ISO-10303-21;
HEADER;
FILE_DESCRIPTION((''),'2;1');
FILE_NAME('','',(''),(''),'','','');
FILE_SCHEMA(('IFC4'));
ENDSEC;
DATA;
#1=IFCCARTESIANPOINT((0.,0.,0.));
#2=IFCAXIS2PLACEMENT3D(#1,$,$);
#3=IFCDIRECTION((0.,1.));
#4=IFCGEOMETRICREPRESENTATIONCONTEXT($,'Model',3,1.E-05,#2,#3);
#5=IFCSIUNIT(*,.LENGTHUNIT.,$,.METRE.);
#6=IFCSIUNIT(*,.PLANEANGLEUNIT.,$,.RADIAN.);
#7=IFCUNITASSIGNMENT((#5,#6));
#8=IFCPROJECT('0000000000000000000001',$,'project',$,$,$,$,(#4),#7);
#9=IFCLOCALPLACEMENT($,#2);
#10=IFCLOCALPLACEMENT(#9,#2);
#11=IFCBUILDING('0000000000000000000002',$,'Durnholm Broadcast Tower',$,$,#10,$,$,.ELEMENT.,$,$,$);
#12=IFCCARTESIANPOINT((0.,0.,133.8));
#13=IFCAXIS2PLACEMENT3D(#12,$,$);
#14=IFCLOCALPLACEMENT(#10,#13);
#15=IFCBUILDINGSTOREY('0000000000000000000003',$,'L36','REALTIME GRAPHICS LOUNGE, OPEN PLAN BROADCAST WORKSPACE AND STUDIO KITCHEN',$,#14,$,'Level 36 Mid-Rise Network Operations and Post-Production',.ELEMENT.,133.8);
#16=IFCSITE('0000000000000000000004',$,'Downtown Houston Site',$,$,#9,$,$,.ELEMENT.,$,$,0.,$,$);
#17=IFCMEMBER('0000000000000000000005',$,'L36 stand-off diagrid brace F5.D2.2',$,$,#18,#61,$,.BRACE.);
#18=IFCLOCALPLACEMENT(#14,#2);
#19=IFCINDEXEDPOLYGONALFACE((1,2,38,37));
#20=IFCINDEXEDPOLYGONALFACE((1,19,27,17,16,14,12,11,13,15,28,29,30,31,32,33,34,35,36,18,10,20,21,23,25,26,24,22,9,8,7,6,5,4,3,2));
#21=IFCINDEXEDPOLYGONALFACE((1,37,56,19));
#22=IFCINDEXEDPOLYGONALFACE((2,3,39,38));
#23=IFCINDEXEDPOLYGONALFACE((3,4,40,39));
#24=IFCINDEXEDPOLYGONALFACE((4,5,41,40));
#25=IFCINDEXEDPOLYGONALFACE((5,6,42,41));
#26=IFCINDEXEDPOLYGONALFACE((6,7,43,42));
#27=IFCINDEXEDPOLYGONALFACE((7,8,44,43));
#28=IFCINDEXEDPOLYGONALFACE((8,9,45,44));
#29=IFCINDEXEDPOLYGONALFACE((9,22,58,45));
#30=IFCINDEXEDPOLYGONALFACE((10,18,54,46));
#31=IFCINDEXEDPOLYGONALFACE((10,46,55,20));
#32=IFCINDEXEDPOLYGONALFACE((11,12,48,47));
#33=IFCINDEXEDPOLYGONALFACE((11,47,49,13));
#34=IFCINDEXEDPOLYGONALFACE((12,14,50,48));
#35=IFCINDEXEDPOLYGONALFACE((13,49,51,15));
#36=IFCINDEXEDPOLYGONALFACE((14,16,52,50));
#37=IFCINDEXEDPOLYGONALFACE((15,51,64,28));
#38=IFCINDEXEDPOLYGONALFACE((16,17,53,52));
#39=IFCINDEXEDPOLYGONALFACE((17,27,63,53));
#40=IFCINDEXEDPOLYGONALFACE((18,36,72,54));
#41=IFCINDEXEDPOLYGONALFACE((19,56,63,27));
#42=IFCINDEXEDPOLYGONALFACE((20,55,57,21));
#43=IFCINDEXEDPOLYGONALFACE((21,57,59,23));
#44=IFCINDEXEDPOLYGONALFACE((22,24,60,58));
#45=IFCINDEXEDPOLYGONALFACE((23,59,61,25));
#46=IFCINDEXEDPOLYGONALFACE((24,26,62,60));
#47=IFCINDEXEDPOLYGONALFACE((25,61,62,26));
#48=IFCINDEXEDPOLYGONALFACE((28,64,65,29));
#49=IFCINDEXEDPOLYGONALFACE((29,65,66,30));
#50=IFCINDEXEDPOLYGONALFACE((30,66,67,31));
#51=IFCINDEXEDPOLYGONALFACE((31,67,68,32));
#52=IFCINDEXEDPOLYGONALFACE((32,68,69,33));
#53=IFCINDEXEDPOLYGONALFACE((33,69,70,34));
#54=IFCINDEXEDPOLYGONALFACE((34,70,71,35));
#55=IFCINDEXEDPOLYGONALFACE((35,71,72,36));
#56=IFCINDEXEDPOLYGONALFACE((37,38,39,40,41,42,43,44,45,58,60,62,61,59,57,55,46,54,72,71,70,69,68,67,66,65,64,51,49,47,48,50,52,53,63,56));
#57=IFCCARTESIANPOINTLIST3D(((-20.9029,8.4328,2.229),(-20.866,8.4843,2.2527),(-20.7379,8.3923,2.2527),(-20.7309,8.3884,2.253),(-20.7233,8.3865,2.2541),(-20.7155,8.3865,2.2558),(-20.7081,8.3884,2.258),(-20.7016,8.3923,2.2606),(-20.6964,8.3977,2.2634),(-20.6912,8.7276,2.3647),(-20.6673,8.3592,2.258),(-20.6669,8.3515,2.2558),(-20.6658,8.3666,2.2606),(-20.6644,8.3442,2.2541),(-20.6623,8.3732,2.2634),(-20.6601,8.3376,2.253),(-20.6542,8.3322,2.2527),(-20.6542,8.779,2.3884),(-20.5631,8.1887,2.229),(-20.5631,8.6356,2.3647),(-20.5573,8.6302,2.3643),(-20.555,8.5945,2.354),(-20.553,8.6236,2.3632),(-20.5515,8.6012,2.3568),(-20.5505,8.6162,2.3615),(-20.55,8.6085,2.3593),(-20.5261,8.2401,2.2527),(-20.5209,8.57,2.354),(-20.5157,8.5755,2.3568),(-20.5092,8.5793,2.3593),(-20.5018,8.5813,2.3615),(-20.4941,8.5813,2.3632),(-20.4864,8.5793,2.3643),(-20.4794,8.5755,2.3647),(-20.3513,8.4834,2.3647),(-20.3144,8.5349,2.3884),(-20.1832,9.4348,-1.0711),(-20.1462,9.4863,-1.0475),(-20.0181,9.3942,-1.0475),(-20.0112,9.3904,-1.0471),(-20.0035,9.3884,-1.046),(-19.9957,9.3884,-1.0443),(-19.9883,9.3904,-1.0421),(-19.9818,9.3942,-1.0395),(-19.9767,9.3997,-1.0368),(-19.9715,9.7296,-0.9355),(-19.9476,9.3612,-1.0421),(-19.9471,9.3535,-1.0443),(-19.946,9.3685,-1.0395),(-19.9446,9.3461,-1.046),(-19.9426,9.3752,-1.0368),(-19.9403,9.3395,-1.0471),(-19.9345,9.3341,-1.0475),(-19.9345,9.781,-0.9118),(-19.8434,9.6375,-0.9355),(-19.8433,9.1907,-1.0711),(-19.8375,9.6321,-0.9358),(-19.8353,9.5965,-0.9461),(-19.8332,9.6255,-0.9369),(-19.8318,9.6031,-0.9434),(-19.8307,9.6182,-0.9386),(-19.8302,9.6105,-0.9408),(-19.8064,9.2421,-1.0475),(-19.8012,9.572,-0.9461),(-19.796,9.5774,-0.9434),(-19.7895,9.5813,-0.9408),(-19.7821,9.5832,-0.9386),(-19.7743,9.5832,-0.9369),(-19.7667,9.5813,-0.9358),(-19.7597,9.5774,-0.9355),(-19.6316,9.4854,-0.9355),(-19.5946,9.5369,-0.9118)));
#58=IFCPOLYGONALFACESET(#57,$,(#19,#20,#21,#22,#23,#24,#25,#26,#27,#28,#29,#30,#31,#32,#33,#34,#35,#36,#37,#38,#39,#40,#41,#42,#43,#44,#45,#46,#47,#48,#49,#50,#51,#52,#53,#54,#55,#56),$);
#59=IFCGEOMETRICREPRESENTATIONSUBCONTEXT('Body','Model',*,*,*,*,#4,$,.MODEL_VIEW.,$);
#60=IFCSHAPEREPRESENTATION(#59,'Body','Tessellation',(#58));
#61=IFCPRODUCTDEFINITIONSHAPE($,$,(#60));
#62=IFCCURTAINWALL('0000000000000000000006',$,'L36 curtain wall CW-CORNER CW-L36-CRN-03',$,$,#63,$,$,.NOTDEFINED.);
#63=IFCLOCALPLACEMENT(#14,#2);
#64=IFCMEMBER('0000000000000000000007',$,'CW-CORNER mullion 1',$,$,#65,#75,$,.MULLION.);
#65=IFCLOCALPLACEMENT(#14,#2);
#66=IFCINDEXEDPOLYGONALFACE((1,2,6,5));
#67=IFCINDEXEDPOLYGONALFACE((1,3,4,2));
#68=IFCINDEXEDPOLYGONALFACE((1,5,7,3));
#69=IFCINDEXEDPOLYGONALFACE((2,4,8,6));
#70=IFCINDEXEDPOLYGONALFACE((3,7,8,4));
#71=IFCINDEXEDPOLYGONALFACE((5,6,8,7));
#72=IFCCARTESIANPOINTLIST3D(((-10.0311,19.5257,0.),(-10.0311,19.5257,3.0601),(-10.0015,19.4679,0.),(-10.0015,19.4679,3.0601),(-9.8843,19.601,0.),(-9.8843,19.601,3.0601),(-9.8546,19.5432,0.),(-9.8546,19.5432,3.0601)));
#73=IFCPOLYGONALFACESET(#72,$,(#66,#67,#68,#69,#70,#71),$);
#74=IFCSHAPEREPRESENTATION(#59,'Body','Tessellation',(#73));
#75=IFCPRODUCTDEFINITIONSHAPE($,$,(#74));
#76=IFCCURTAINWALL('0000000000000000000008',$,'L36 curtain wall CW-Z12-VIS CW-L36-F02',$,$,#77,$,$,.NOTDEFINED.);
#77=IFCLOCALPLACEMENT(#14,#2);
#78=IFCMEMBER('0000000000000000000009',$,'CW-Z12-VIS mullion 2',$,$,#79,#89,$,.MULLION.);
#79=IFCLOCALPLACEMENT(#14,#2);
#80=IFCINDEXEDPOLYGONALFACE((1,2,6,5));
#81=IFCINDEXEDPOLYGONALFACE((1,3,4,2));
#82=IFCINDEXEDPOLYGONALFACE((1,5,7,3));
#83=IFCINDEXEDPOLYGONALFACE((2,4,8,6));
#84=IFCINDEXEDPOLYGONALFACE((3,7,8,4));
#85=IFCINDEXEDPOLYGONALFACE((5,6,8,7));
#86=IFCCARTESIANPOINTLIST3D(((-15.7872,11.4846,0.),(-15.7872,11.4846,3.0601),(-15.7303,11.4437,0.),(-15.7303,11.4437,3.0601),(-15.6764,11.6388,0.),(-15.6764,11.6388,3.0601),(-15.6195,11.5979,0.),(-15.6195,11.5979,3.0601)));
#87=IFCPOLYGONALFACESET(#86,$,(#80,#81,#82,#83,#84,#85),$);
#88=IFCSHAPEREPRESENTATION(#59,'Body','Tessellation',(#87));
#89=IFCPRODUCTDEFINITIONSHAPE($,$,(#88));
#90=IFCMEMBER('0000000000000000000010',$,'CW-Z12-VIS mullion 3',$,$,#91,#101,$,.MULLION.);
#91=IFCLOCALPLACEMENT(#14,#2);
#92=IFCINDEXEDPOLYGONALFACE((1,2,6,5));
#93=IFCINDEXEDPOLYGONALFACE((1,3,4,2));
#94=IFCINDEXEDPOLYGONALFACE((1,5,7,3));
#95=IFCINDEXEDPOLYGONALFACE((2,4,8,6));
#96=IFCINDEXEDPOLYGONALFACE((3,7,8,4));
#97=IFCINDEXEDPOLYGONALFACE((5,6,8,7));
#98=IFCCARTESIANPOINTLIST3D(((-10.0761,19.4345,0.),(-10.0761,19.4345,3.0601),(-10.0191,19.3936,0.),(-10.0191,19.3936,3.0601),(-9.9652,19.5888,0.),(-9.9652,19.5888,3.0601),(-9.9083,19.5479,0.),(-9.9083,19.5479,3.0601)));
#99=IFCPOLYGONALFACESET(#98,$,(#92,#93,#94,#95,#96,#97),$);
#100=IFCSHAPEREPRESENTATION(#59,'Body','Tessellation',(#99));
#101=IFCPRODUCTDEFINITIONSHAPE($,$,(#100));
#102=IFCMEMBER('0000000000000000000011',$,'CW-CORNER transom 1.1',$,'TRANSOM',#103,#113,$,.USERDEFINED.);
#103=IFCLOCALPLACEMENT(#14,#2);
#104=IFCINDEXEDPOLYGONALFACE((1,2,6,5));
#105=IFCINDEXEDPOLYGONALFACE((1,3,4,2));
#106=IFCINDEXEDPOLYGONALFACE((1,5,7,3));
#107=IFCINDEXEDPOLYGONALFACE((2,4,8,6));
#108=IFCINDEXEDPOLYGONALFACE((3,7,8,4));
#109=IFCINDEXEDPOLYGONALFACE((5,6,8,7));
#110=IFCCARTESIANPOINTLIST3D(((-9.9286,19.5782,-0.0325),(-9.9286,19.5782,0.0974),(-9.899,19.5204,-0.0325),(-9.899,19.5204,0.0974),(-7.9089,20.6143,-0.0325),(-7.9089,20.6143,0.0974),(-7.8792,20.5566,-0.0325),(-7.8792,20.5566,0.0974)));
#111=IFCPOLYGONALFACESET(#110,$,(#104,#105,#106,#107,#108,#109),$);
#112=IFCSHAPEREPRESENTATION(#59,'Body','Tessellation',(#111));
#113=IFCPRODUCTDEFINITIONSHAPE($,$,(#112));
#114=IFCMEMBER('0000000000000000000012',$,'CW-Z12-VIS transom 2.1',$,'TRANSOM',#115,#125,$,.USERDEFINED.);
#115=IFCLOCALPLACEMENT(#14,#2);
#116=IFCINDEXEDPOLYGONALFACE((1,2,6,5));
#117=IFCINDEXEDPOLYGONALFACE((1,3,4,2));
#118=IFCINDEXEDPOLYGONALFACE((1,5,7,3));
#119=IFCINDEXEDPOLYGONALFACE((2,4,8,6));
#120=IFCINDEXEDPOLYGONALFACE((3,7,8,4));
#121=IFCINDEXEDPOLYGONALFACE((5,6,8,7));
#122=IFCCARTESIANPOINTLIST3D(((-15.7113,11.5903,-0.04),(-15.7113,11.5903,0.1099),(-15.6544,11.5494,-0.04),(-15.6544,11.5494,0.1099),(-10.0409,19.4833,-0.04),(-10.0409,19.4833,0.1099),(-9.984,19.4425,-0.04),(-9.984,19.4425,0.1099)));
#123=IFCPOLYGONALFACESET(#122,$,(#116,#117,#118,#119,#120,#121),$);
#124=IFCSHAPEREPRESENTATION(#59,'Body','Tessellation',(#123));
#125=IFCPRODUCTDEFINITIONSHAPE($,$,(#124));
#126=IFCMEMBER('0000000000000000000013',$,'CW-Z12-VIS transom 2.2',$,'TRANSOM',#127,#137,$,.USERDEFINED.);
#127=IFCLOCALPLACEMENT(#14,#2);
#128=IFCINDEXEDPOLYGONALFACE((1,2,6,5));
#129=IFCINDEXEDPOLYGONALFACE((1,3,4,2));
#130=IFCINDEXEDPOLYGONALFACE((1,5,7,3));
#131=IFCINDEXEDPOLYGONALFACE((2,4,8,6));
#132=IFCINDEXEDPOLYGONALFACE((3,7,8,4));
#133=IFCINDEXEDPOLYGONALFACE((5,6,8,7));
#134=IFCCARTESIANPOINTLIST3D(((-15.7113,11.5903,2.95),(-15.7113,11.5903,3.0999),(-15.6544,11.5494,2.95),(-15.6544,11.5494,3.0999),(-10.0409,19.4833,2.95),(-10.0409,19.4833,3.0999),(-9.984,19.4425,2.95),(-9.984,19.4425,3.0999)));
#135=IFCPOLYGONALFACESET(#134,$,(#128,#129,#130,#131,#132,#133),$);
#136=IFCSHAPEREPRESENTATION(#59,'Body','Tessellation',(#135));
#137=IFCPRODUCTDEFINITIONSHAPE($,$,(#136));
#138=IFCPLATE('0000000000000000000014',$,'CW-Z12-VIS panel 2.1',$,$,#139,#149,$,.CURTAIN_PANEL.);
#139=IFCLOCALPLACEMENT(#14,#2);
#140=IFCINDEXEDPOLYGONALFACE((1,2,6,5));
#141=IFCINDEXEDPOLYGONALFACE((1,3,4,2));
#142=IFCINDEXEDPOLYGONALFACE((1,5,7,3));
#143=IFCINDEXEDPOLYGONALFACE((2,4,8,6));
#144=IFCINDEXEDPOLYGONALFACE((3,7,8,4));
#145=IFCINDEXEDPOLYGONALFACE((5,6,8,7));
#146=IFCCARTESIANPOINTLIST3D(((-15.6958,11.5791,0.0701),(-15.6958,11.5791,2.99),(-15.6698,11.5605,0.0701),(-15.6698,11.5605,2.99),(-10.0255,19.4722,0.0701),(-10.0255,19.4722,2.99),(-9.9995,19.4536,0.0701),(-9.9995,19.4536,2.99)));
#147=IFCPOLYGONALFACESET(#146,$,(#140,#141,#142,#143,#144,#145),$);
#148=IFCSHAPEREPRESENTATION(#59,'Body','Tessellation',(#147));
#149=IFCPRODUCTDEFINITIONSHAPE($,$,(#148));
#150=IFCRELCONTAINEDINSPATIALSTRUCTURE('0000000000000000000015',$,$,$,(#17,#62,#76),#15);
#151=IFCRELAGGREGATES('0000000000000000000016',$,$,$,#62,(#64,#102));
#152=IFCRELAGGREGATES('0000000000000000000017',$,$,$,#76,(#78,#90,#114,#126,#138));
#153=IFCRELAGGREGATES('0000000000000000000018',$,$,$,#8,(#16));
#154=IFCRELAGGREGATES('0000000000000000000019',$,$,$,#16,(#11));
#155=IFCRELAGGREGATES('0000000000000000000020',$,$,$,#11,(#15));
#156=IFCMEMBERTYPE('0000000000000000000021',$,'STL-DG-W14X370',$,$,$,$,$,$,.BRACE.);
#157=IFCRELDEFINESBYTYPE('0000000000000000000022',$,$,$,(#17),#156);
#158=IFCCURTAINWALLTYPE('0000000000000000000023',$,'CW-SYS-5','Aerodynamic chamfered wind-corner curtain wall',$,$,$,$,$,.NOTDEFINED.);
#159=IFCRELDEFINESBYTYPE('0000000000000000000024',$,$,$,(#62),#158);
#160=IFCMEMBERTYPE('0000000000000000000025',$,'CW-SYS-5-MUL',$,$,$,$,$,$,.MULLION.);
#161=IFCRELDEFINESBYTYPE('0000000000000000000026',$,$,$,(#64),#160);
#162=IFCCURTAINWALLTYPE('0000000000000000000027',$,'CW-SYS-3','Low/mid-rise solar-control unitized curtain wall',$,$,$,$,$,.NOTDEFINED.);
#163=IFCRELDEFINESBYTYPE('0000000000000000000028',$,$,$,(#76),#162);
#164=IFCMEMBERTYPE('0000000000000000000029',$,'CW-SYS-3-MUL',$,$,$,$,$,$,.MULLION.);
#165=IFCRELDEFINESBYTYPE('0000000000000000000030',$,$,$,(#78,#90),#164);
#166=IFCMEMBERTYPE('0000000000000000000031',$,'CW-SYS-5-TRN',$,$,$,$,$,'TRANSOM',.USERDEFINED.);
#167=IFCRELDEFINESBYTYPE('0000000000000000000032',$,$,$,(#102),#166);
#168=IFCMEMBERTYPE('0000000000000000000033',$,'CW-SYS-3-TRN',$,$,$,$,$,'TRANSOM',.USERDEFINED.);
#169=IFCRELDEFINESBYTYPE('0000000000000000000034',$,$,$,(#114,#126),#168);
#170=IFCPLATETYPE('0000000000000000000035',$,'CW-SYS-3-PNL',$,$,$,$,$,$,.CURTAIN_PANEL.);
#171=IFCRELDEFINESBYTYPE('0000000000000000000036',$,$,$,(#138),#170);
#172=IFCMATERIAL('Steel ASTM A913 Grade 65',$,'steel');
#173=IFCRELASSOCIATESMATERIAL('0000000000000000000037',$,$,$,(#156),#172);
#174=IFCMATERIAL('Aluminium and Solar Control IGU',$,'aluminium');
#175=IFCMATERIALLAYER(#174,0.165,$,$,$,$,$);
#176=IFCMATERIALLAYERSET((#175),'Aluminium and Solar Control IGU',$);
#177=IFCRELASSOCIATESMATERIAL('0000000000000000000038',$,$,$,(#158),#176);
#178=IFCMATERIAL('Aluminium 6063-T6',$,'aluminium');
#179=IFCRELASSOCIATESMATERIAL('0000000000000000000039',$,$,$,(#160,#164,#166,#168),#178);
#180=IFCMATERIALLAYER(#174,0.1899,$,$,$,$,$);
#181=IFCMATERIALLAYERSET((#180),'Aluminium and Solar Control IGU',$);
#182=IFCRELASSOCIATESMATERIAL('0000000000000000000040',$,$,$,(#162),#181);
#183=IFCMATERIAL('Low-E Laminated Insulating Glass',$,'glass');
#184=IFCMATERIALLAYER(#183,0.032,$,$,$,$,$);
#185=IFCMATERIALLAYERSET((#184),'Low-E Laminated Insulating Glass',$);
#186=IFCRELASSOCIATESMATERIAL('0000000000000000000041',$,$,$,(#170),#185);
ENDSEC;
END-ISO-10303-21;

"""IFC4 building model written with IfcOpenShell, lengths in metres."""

from ifc_helpers import new_model, si_unit, direction, frame, origin, origin_2d, place, context, subcontext, project, spatial, rectangle, i_section, extrude, source, transform, mapped, material, layer, layer_set, material_profile, profile_set, type_object, type_shapes, element, aggregate, save


model = new_model("IFC4")

# Units and contexts
model_context = context("Model", 3, precision=1e-05, world=origin(), true_north=direction((0.0, 1.0)))
body_context = subcontext(model_context, "Body", "Model", "MODEL_VIEW")
ifc_project = project(units=[si_unit("LENGTHUNIT", "METRE"), si_unit("PLANEANGLEUNIT", "RADIAN")], contexts=[model_context])

# Site, building, storey
site_placement = place(None, origin())
site = spatial("IfcSite", under=ifc_project, at=site_placement, Name="Downtown Houston Site", CompositionType="ELEMENT", RefElevation=0.0)
building_placement = place(site_placement, origin())
building = spatial("IfcBuilding", under=site, at=building_placement, Name="Durnholm Broadcast Tower", CompositionType="ELEMENT")
storey_placement = place(building_placement, frame((0.0, 0.0, 133.8)))
storey = spatial("IfcBuildingStorey", under=building, at=storey_placement, Name="L36", Description="REALTIME GRAPHICS LOUNGE, OPEN PLAN BROADCAST WORKSPACE AND STUDIO KITCHEN", LongName="Level 36 Mid-Rise Network Operations and Post-Production", CompositionType="ELEMENT", Elevation=133.8)

# Member
ifc_material_1 = material(Name="Steel ASTM A913 Grade 65", Category="steel")
ifc_material_profile_1 = material_profile(ifc_material_1, i_section(OverallWidth=0.4185, OverallDepth=0.4551, WebThickness=0.042, FlangeThickness=0.0676, FilletRadius=0.0305, at=origin_2d()), Name="W14X370")
ifc_profile_set_1 = profile_set([ifc_material_profile_1], Name="Steel ASTM A913 Grade 65")
member_type_1 = type_object("IfcMemberType", Name="STL-DG-W14X370", PredefinedType="BRACE", material=ifc_profile_set_1)
shared_shape_1 = source(origin(), body_context, "Body", "SweptSolid", [
    extrude(i_section(OverallWidth=0.4185, OverallDepth=0.4551, WebThickness=0.042, FlangeThickness=0.0676, FilletRadius=0.0305, at=origin_2d()), origin(), (0.0, 0.0, 1.0), 3.5232),
])
type_shapes(member_type_1, [shared_shape_1])
for number, where, z_axis, x_axis, name in (
    (1, (-19.8889, 9.4858, -0.9915), (-0.204288, -0.284395, 0.936689), (0.812179, -0.583408, 0.0), "L36 stand-off diagrid brace F5.D2.2"),
):
    element("IfcMember", number, at=place(storey_placement, frame(where, z_axis=z_axis, x_axis=x_axis)), inside=storey, type_object=member_type_1, Name=name, PredefinedType="BRACE", context=body_context, shape_type="MappedRepresentation", body=[
        mapped(shared_shape_1, transform((0.0, 0.0, 0.0), x_axis=(1.0, 0.0, 0.0), y_axis=(0.0, 1.0, 0.0), z_axis=(0.0, 0.0, 1.0), scale=1.0)),
    ])

# Curtain wall, member
ifc_material_2 = material(Name="Aluminium and Solar Control IGU", Category="aluminium")
ifc_layer_1 = layer(ifc_material_2, 0.165)
ifc_layer_set_1 = layer_set([ifc_layer_1], Name="Aluminium and Solar Control IGU")
curtain_wall_type_1 = type_object("IfcCurtainWallType", Name="CW-SYS-5", Description="Aerodynamic chamfered wind-corner curtain wall", PredefinedType="NOTDEFINED", material=ifc_layer_set_1)
curtain_wall_1_placement = place(storey_placement, origin())
curtain_wall_1 = element("IfcCurtainWall", 2, at=curtain_wall_1_placement, inside=storey, type_object=curtain_wall_type_1, Name="L36 curtain wall CW-CORNER CW-L36-CRN-03", PredefinedType="NOTDEFINED")
ifc_material_3 = material(Name="Aluminium 6063-T6", Category="aluminium")
ifc_material_profile_2 = material_profile(ifc_material_3, rectangle(XDim=0.0649, YDim=0.165, at=origin_2d()), Name="CWM65X165")
ifc_profile_set_2 = profile_set([ifc_material_profile_2], Name="Aluminium 6063-T6")
member_type_2 = type_object("IfcMemberType", Name="CW-SYS-5-MUL", PredefinedType="MULLION", material=ifc_profile_set_2)
shared_shape_2 = source(origin(), body_context, "Body", "SweptSolid", [
    extrude(rectangle(XDim=0.0649, YDim=0.165, at=origin_2d()), origin(), (0.0, 0.0, 1.0), 3.0601),
])
type_shapes(member_type_2, [shared_shape_2])
member_1_placement = place(storey_placement, frame((-9.9429, 19.5344, 0.0), z_axis=(0.0, 0.0, 1.0), x_axis=(-0.456373, 0.889788, 0.0)))
member_1 = element("IfcMember", 3, at=member_1_placement, type_object=member_type_2, Name="CW-CORNER mullion 1", PredefinedType="MULLION", context=body_context, shape_type="MappedRepresentation", body=[
    mapped(shared_shape_2, transform((0.0, 0.0, 0.0), x_axis=(1.0, 0.0, 0.0), y_axis=(0.0, 1.0, 0.0), z_axis=(0.0, 0.0, 1.0), scale=1.0)),
])

# Curtain wall, members
ifc_layer_2 = layer(ifc_material_2, 0.1899)
ifc_layer_set_2 = layer_set([ifc_layer_2], Name="Aluminium and Solar Control IGU")
curtain_wall_type_2 = type_object("IfcCurtainWallType", Name="CW-SYS-3", Description="Low/mid-rise solar-control unitized curtain wall", PredefinedType="NOTDEFINED", material=ifc_layer_set_2)
curtain_wall_2_placement = place(storey_placement, origin())
curtain_wall_2 = element("IfcCurtainWall", 4, at=curtain_wall_2_placement, inside=storey, type_object=curtain_wall_type_2, Name="L36 curtain wall CW-Z12-VIS CW-L36-F02", PredefinedType="NOTDEFINED")
ifc_material_profile_3 = material_profile(ifc_material_3, rectangle(XDim=0.0701, YDim=0.1899, at=origin_2d()), Name="CWM70X190")
ifc_profile_set_3 = profile_set([ifc_material_profile_3], Name="Aluminium 6063-T6")
member_type_3 = type_object("IfcMemberType", Name="CW-SYS-3-MUL", PredefinedType="MULLION", material=ifc_profile_set_3)
shared_shape_3 = source(origin(), body_context, "Body", "SweptSolid", [
    extrude(rectangle(XDim=0.0701, YDim=0.1899, at=origin_2d()), origin(), (0.0, 0.0, 1.0), 3.0601),
])
type_shapes(member_type_3, [shared_shape_3])
member_2_placement = place(storey_placement, frame((-15.7034, 11.5413, 0.0), z_axis=(0.0, 0.0, 1.0), x_axis=(-0.812152, 0.583445, 0.0)))
member_2 = element("IfcMember", 5, at=member_2_placement, type_object=member_type_3, Name="CW-Z12-VIS mullion 2", PredefinedType="MULLION", context=body_context, shape_type="MappedRepresentation", body=[
    mapped(shared_shape_3, transform((0.0, 0.0, 0.0), x_axis=(1.0, 0.0, 0.0), y_axis=(0.0, 1.0, 0.0), z_axis=(0.0, 0.0, 1.0), scale=1.0)),
])
member_3_placement = place(storey_placement, frame((-9.9922, 19.4912, 0.0), z_axis=(0.0, 0.0, 1.0), x_axis=(-0.812152, 0.583445, 0.0)))
member_3 = element("IfcMember", 6, at=member_3_placement, type_object=member_type_3, Name="CW-Z12-VIS mullion 3", PredefinedType="MULLION", context=body_context, shape_type="MappedRepresentation", body=[
    mapped(shared_shape_3, transform((0.0, 0.0, 0.0), x_axis=(1.0, 0.0, 0.0), y_axis=(0.0, 1.0, 0.0), z_axis=(0.0, 0.0, 1.0), scale=1.0)),
])

# Members
ifc_material_profile_4 = material_profile(ifc_material_3, rectangle(XDim=0.0649, YDim=0.1299, at=origin_2d()), Name="CWT65X130")
ifc_profile_set_4 = profile_set([ifc_material_profile_4], Name="Aluminium 6063-T6")
member_type_4 = type_object("IfcMemberType", Name="CW-SYS-5-TRN", ElementType="TRANSOM", PredefinedType="USERDEFINED", material=ifc_profile_set_4)
shared_shape_4 = source(origin(), body_context, "Body", "SweptSolid", [
    extrude(rectangle(XDim=0.0649, YDim=0.1299, at=origin_2d()), origin(), (0.0, 0.0, 1.0), 2.27),
])
type_shapes(member_type_4, [shared_shape_4])
member_4_placement = place(storey_placement, frame((-9.9138, 19.5493, 0.0325), z_axis=(0.889755, 0.456439, 0.0), x_axis=(-0.456439, 0.889755, 0.0)))
member_4 = element("IfcMember", 7, at=member_4_placement, type_object=member_type_4, Name="CW-CORNER transom 1.1", ObjectType="TRANSOM", PredefinedType="USERDEFINED", context=body_context, shape_type="MappedRepresentation", body=[
    mapped(shared_shape_4, transform((0.0, 0.0, 0.0), x_axis=(1.0, 0.0, 0.0), y_axis=(0.0, 1.0, 0.0), z_axis=(0.0, 0.0, 1.0), scale=1.0)),
])
aggregate(curtain_wall_1, [member_1, member_4])
ifc_material_profile_5 = material_profile(ifc_material_3, rectangle(XDim=0.0701, YDim=0.1499, at=origin_2d()), Name="CWT70X150")
ifc_profile_set_5 = profile_set([ifc_material_profile_5], Name="Aluminium 6063-T6")
member_type_5 = type_object("IfcMemberType", Name="CW-SYS-3-TRN", ElementType="TRANSOM", PredefinedType="USERDEFINED", material=ifc_profile_set_5)
shared_shape_5 = source(origin(), body_context, "Body", "SweptSolid", [
    extrude(rectangle(XDim=0.0701, YDim=0.1499, at=origin_2d()), origin(), (0.0, 0.0, 1.0), 9.7188),
])
type_shapes(member_type_5, [shared_shape_5])
member_5_placement = place(storey_placement, frame((-15.6829, 11.5698, 0.0349), z_axis=(0.583451, 0.812149, 0.0), x_axis=(-0.812149, 0.583451, 0.0)))
member_5 = element("IfcMember", 8, at=member_5_placement, type_object=member_type_5, Name="CW-Z12-VIS transom 2.1", ObjectType="TRANSOM", PredefinedType="USERDEFINED", context=body_context, shape_type="MappedRepresentation", body=[
    mapped(shared_shape_5, transform((0.0, 0.0, 0.0), x_axis=(1.0, 0.0, 0.0), y_axis=(0.0, 1.0, 0.0), z_axis=(0.0, 0.0, 1.0), scale=1.0)),
])
member_6_placement = place(storey_placement, frame((-15.6829, 11.5698, 3.0249), z_axis=(0.583451, 0.812149, 0.0), x_axis=(-0.812149, 0.583451, 0.0)))
member_6 = element("IfcMember", 9, at=member_6_placement, type_object=member_type_5, Name="CW-Z12-VIS transom 2.2", ObjectType="TRANSOM", PredefinedType="USERDEFINED", context=body_context, shape_type="MappedRepresentation", body=[
    mapped(shared_shape_5, transform((0.0, 0.0, 0.0), x_axis=(1.0, 0.0, 0.0), y_axis=(0.0, 1.0, 0.0), z_axis=(0.0, 0.0, 1.0), scale=1.0)),
])

# Plate
ifc_material_4 = material(Name="Low-E Laminated Insulating Glass", Category="glass")
ifc_layer_3 = layer(ifc_material_4, 0.032)
ifc_layer_set_3 = layer_set([ifc_layer_3], Name="Low-E Laminated Insulating Glass")
plate_type = type_object("IfcPlateType", Name="CW-SYS-3-PNL", PredefinedType="CURTAIN_PANEL", material=ifc_layer_set_3)
shared_shape_6 = source(origin(), body_context, "Body", "SweptSolid", [
    extrude(rectangle(XDim=9.7188, YDim=0.032, at=origin_2d()), origin(), (0.0, 0.0, 1.0), 2.9199),
])
type_shapes(plate_type, [shared_shape_6])
plate_placement = place(storey_placement, frame((-12.8477, 15.5164, 0.0701), z_axis=(0.0, 0.0, 1.0), x_axis=(0.583445, 0.812152, 0.0)))
plate = element("IfcPlate", 10, at=plate_placement, type_object=plate_type, Name="CW-Z12-VIS panel 2.1", PredefinedType="CURTAIN_PANEL", context=body_context, shape_type="MappedRepresentation", body=[
    mapped(shared_shape_6, transform((0.0, 0.0, 0.0), x_axis=(1.0, 0.0, 0.0), y_axis=(0.0, 1.0, 0.0), z_axis=(0.0, 0.0, 1.0), scale=1.0)),
])
aggregate(curtain_wall_2, [member_2, member_3, member_5, member_6, plate])

save(model, "model.ifc")
